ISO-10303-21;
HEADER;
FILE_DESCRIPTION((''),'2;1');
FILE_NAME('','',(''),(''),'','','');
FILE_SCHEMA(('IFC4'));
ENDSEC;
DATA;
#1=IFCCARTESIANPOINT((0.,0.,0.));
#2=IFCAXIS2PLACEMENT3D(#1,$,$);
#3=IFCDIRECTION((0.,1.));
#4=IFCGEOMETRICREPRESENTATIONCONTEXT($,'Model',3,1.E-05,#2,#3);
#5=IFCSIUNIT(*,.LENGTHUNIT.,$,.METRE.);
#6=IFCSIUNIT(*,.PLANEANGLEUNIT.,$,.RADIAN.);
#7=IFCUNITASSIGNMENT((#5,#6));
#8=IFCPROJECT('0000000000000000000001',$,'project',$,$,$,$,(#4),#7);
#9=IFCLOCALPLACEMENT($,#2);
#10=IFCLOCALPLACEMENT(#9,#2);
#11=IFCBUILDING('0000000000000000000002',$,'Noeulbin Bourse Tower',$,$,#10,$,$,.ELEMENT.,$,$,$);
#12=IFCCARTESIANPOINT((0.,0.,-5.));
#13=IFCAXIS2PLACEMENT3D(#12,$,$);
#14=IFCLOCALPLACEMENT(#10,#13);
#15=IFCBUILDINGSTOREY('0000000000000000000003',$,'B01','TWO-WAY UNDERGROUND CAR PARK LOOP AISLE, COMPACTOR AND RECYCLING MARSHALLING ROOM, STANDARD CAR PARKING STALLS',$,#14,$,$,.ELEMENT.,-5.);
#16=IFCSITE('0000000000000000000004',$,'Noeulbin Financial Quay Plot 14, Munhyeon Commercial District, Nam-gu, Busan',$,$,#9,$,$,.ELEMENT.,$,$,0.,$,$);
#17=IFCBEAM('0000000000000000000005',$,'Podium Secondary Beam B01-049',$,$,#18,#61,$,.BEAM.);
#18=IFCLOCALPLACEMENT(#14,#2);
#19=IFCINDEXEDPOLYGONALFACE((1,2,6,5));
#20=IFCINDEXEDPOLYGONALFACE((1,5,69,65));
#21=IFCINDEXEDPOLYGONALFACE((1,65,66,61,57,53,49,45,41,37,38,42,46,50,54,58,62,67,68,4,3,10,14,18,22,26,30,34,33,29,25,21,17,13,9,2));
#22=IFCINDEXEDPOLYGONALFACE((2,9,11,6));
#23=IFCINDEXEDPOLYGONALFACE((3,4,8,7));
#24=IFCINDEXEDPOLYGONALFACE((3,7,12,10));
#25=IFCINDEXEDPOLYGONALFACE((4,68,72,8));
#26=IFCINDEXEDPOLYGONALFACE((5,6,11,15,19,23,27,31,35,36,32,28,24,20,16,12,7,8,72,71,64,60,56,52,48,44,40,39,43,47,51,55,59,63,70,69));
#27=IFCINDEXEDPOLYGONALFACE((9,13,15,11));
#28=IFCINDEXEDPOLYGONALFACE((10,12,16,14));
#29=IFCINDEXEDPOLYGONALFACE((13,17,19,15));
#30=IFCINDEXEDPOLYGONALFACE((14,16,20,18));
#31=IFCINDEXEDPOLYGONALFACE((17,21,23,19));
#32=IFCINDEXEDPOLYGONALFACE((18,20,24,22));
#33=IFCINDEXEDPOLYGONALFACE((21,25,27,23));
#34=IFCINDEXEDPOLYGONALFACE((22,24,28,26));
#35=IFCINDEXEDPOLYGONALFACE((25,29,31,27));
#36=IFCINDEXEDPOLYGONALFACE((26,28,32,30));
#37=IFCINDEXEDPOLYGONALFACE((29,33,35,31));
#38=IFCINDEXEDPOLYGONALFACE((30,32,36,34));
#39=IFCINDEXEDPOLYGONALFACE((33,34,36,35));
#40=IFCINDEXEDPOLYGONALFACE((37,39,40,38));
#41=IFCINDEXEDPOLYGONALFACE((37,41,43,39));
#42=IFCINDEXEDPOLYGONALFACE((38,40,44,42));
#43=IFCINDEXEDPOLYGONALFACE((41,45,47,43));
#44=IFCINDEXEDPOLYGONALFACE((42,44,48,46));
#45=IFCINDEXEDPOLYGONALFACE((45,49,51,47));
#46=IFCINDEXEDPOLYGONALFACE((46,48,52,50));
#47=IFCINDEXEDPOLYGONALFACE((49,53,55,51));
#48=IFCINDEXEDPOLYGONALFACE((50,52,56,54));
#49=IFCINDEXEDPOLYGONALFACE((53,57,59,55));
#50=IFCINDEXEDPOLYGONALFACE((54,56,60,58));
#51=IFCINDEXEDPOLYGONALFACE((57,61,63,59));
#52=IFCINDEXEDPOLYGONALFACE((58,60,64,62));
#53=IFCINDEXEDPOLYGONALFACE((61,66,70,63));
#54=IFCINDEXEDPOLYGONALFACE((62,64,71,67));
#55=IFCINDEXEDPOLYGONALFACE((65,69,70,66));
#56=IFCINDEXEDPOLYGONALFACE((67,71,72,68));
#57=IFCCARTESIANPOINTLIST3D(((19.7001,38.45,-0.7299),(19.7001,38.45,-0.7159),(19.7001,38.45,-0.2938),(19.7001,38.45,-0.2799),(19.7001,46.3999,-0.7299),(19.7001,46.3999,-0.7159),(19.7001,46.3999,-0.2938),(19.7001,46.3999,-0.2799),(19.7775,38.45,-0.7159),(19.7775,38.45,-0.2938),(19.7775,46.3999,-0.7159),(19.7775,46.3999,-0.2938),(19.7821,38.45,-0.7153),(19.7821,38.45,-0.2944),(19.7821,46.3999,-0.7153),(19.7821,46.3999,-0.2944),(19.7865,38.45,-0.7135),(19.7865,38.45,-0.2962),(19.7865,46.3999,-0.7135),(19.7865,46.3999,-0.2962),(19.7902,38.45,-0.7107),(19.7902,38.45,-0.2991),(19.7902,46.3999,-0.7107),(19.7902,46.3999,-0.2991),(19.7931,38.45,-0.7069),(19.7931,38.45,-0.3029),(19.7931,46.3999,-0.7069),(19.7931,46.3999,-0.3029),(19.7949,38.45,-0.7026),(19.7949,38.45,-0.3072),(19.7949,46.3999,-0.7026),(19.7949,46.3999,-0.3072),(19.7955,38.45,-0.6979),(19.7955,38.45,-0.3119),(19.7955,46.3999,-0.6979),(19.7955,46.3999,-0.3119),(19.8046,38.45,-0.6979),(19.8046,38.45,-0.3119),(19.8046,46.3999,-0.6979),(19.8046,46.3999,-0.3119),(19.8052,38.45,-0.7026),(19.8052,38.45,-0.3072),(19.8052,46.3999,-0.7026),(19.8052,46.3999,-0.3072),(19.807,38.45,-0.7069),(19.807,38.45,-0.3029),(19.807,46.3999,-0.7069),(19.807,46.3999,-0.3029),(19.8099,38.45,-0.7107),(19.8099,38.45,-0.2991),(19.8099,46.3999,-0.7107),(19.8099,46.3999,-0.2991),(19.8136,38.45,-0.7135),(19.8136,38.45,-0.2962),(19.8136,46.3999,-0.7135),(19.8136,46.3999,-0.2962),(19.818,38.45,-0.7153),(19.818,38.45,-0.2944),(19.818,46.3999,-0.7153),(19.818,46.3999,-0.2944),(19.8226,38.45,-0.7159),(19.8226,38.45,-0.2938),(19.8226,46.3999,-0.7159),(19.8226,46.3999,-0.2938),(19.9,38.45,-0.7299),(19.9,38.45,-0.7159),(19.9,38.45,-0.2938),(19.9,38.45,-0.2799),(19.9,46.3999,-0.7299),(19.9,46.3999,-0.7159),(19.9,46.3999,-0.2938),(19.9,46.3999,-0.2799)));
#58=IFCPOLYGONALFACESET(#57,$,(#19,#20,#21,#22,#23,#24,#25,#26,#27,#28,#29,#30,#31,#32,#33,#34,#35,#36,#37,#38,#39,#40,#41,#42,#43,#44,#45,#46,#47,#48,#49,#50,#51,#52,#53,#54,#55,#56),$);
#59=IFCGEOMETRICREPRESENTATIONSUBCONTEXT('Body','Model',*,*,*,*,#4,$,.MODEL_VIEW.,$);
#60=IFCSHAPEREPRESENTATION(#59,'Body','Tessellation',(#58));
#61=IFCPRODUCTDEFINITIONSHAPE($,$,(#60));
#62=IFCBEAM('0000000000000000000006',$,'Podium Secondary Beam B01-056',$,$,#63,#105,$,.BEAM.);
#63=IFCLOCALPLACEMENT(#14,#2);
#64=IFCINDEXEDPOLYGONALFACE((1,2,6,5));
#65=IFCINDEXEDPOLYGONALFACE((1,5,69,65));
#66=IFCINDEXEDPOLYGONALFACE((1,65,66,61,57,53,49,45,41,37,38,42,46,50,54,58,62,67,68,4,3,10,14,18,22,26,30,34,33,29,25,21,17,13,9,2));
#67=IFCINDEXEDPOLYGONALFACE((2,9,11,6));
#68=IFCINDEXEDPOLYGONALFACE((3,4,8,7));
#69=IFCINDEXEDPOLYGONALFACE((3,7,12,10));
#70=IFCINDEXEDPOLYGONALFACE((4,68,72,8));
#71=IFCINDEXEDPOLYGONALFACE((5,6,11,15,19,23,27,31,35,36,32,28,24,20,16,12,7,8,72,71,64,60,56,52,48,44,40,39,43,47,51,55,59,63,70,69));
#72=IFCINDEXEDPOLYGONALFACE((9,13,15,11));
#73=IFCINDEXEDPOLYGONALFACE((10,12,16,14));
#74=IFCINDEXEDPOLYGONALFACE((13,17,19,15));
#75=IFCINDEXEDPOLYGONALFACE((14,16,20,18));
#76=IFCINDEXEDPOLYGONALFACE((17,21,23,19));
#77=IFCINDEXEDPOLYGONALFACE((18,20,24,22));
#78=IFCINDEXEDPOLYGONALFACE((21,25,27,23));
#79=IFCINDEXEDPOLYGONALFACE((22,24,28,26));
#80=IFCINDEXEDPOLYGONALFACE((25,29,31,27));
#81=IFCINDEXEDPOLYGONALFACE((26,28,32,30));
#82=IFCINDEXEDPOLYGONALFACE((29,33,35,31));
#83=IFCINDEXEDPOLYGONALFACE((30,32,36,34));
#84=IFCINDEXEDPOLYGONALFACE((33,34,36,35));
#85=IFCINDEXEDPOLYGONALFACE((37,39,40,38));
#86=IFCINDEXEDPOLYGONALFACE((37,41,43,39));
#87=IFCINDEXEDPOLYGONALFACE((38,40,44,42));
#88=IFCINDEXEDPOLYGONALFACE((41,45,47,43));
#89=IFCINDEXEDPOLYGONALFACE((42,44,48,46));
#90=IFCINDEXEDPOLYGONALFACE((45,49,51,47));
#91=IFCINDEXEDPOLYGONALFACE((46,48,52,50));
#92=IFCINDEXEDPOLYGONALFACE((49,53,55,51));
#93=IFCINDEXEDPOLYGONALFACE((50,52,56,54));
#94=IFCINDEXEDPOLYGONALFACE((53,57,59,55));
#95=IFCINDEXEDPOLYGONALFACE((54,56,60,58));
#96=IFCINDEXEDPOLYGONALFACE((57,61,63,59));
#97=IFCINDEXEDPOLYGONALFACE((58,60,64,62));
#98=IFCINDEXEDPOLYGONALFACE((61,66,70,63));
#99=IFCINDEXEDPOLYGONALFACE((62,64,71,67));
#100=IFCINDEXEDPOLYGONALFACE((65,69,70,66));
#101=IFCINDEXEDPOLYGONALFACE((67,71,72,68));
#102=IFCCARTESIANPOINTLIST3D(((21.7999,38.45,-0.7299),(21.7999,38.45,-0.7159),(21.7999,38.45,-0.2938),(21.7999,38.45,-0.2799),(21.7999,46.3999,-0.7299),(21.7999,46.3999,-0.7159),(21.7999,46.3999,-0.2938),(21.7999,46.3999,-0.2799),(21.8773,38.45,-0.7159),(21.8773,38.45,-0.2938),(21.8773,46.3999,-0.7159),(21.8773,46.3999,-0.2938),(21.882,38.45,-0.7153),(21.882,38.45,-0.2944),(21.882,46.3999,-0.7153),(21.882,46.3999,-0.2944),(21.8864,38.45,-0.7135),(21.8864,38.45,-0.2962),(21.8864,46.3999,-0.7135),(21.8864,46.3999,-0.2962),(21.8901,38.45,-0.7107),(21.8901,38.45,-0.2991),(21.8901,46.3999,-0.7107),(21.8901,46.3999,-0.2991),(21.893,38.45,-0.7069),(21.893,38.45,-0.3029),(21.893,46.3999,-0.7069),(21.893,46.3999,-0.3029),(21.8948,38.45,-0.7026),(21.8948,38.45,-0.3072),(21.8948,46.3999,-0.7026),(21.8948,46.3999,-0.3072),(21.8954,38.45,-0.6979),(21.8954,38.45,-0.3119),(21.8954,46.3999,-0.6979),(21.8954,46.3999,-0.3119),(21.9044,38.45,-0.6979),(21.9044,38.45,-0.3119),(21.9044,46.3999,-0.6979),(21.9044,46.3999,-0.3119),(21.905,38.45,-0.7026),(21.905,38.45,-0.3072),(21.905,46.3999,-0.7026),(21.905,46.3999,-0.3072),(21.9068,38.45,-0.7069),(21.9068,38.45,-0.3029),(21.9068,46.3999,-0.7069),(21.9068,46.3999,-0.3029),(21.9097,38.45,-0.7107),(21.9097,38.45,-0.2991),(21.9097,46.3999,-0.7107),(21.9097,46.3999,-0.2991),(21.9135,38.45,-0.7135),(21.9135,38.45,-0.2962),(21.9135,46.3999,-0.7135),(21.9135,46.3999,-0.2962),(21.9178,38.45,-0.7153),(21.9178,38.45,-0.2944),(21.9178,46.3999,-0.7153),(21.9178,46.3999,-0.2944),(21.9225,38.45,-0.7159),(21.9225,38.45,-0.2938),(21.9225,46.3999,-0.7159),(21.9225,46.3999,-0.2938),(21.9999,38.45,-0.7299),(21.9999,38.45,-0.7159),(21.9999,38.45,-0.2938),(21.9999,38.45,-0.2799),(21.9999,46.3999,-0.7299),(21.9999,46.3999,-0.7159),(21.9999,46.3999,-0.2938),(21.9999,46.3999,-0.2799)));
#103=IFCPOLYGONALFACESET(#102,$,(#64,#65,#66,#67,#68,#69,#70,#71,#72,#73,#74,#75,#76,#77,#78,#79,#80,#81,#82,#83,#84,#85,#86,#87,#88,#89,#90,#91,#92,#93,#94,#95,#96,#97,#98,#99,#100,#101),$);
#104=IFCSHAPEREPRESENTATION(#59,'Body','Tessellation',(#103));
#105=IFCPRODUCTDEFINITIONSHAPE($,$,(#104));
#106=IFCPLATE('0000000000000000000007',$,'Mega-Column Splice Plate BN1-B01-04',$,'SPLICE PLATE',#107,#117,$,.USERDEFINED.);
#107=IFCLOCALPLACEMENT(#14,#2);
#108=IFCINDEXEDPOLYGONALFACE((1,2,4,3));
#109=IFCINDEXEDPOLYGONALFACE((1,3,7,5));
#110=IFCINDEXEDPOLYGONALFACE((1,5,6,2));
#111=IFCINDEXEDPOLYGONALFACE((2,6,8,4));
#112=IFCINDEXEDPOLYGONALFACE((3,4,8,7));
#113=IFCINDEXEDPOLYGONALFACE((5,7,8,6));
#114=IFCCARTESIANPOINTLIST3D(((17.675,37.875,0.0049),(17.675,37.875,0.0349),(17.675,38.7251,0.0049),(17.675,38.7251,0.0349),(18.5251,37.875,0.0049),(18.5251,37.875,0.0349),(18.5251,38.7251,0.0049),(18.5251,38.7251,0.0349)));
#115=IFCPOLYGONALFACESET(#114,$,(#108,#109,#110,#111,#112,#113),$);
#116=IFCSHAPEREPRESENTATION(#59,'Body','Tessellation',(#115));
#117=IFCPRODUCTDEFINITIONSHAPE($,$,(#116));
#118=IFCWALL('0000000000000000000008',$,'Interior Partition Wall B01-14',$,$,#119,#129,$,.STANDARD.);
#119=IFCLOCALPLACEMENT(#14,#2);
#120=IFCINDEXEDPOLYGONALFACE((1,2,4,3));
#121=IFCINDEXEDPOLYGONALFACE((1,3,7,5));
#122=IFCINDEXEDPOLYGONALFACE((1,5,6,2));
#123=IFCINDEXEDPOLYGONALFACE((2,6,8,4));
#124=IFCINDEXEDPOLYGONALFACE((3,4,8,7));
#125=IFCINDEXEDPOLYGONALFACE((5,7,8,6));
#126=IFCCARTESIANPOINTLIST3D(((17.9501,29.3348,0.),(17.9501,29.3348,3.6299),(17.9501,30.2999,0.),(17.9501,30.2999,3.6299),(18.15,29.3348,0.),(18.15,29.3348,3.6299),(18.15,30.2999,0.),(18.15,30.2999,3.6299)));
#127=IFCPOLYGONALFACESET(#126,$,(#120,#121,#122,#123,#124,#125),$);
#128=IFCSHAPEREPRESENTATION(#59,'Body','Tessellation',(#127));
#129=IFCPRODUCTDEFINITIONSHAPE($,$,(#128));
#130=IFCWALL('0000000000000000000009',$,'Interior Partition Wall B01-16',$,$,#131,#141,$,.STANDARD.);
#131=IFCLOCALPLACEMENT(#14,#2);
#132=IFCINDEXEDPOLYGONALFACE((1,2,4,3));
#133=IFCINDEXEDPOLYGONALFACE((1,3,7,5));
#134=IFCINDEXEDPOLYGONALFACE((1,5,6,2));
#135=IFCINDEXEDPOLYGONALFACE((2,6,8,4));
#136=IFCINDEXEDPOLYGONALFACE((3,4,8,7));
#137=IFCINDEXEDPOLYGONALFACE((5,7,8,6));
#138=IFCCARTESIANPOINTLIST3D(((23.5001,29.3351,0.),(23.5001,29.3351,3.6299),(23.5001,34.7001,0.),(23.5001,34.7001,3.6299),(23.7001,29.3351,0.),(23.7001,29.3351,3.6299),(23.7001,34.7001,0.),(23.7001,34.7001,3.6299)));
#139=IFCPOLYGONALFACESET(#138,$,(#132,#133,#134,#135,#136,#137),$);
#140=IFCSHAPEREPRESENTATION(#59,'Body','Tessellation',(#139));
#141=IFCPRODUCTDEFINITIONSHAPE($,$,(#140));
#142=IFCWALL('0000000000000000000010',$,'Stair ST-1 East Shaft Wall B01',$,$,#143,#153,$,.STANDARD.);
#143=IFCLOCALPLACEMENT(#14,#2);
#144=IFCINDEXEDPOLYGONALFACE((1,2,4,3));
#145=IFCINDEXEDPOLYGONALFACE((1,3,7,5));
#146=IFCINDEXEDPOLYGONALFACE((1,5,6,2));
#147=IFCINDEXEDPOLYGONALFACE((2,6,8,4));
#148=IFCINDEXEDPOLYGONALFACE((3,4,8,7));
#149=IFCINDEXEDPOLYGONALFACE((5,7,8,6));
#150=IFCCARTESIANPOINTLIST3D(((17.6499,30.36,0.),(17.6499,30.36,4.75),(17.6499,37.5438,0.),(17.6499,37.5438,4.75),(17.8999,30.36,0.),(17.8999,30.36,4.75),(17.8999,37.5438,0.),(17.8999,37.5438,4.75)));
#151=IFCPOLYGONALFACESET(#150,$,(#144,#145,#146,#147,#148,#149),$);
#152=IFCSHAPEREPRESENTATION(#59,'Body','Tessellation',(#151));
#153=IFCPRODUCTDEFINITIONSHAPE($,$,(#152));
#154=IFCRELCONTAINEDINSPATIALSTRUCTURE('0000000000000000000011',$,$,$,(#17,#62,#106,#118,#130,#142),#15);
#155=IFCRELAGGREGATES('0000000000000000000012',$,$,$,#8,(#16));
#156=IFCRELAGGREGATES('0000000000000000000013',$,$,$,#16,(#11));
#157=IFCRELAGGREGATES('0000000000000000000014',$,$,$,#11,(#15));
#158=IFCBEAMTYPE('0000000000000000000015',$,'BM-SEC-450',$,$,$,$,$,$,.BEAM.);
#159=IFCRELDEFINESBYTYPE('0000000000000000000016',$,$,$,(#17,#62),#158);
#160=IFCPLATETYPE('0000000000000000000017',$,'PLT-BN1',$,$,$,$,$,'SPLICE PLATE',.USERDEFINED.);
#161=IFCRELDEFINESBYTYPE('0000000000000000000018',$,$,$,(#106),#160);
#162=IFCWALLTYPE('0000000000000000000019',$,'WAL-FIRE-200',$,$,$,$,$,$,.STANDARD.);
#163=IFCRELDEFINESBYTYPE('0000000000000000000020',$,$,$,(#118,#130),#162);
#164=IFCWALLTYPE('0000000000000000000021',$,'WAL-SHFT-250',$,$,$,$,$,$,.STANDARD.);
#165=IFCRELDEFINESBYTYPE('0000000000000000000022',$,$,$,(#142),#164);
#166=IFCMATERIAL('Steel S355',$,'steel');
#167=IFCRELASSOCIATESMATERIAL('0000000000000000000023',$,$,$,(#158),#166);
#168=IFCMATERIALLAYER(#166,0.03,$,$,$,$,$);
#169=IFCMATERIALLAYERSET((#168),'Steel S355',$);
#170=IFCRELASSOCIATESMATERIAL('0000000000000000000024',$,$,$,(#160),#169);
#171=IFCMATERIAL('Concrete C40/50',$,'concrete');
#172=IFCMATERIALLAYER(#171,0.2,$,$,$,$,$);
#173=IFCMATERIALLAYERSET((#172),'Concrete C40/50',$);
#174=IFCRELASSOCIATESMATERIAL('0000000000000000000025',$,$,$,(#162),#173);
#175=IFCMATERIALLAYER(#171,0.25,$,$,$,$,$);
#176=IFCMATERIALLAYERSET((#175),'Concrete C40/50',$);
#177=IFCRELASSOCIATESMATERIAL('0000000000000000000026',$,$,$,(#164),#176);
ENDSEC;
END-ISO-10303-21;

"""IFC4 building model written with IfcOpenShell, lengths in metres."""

from ifc_helpers import new_model, si_unit, direction, frame, frame_2d, origin, origin_2d, place, context, subcontext, project, spatial, rectangle, i_section, extrude, material, layer, layer_set, material_profile, profile_set, type_object, element, save


model = new_model("IFC4")

# Units and contexts
model_context = context("Model", 3, precision=1e-05, world=origin(), true_north=direction((0.0, 1.0)))
body_context = subcontext(model_context, "Body", "Model", "MODEL_VIEW")
ifc_project = project(units=[si_unit("LENGTHUNIT", "METRE"), si_unit("PLANEANGLEUNIT", "RADIAN")], contexts=[model_context])

# Site, building, storey
site_placement = place(None, origin())
site = spatial("IfcSite", under=ifc_project, at=site_placement, Name="Noeulbin Financial Quay Plot 14, Munhyeon Commercial District, Nam-gu, Busan", CompositionType="ELEMENT", RefElevation=0.0)
building_placement = place(site_placement, origin())
building = spatial("IfcBuilding", under=site, at=building_placement, Name="Noeulbin Bourse Tower", CompositionType="ELEMENT")
storey_placement = place(building_placement, frame((0.0, 0.0, -5.0)))
storey = spatial("IfcBuildingStorey", under=building, at=storey_placement, Name="B01", Description="TWO-WAY UNDERGROUND CAR PARK LOOP AISLE, COMPACTOR AND RECYCLING MARSHALLING ROOM, STANDARD CAR PARKING STALLS", CompositionType="ELEMENT", Elevation=-5.0)

# Beams
ifc_material_1 = material(Name="Steel S355", Category="steel")
ifc_material_profile_1 = material_profile(ifc_material_1, i_section(OverallWidth=0.2, OverallDepth=0.45, WebThickness=0.009, FlangeThickness=0.0139, FilletRadius=0.0181, at=origin_2d()), Name="H-450x200x9x14", Category="LoadBearing")
ifc_profile_set_1 = profile_set([ifc_material_profile_1], Name="Steel S355")
beam_type = type_object("IfcBeamType", Name="BM-SEC-450", PredefinedType="BEAM", material=ifc_profile_set_1)
for number, where, z_axis, x_axis, name in (
    (1, (19.8, 38.45, -0.5049), (0.0, 1.0, 0.0), (-1.0, 0.0, 0.0), "Podium Secondary Beam B01-049"),
    (2, (21.8999, 38.45, -0.5049), (0.0, 1.0, 0.0), (-1.0, 0.0, 0.0), "Podium Secondary Beam B01-056"),
):
    element("IfcBeam", number, at=place(storey_placement, frame(where, z_axis=z_axis, x_axis=x_axis)), inside=storey, type_object=beam_type, Name=name, PredefinedType="BEAM", context=body_context, shape_type="SweptSolid", body=[
        extrude(i_section(OverallWidth=0.2, OverallDepth=0.45, WebThickness=0.009, FlangeThickness=0.0139, FilletRadius=0.0181, at=origin_2d()), origin(), (0.0, 0.0, 1.0), 7.95),
    ])

# Plate
ifc_layer_1 = layer(ifc_material_1, 0.03)
ifc_layer_set_1 = layer_set([ifc_layer_1], Name="Steel S355")
plate_type = type_object("IfcPlateType", Name="PLT-BN1", ElementType="SPLICE PLATE", PredefinedType="USERDEFINED", material=ifc_layer_set_1)
plate_placement = place(storey_placement, frame((18.1001, 38.3, 0.0049), z_axis=(0.0, 0.0, 1.0), x_axis=(1.0, 0.0, 0.0)))
element("IfcPlate", 3, at=plate_placement, inside=storey, type_object=plate_type, Name="Mega-Column Splice Plate BN1-B01-04", ObjectType="SPLICE PLATE", PredefinedType="USERDEFINED", context=body_context, shape_type="SweptSolid", body=[
    extrude(rectangle(XDim=0.8501, YDim=0.8501, at=origin_2d()), origin(), (0.0, 0.0, 1.0), 0.03),
])

# Walls
ifc_material_2 = material(Name="Concrete C40/50", Category="concrete")
ifc_layer_2 = layer(ifc_material_2, 0.2)
ifc_layer_set_2 = layer_set([ifc_layer_2], Name="Concrete C40/50")
wall_type_1 = type_object("IfcWallType", Name="WAL-FIRE-200", PredefinedType="STANDARD", material=ifc_layer_set_2)
wall_1_placement = place(storey_placement, frame((18.05, 29.335, 0.0), z_axis=(0.0, 0.0, 1.0), x_axis=(0.0, 1.0, 0.0)))
element("IfcWall", 4, at=wall_1_placement, inside=storey, type_object=wall_type_1, Name="Interior Partition Wall B01-14", PredefinedType="STANDARD", context=body_context, shape_type="SweptSolid", body=[
    extrude(rectangle(XDim=0.9651, YDim=0.2, at=frame_2d((0.4824, 0.0))), origin(), (0.0, 0.0, 1.0), 3.6299),
])
wall_2_placement = place(storey_placement, frame((23.6001, 29.335, 0.0), z_axis=(0.0, 0.0, 1.0), x_axis=(0.0, 1.0, 0.0)))
element("IfcWall", 5, at=wall_2_placement, inside=storey, type_object=wall_type_1, Name="Interior Partition Wall B01-16", PredefinedType="STANDARD", context=body_context, shape_type="SweptSolid", body=[
    extrude(rectangle(XDim=5.365, YDim=0.2, at=frame_2d((2.6826, 0.0))), origin(), (0.0, 0.0, 1.0), 3.6299),
])
ifc_layer_3 = layer(ifc_material_2, 0.25)
ifc_layer_set_3 = layer_set([ifc_layer_3], Name="Concrete C40/50")
wall_type_2 = type_object("IfcWallType", Name="WAL-SHFT-250", PredefinedType="STANDARD", material=ifc_layer_set_3)
wall_3_placement = place(storey_placement, frame((17.7749, 30.3601, 0.0), z_axis=(0.0, 0.0, 1.0), x_axis=(0.0, 1.0, 0.0)))
element("IfcWall", 6, at=wall_3_placement, inside=storey, type_object=wall_type_2, Name="Stair ST-1 East Shaft Wall B01", PredefinedType="STANDARD", context=body_context, shape_type="SweptSolid", body=[
    extrude(rectangle(XDim=7.1838, YDim=0.25, at=frame_2d((3.5918, 0.0))), origin(), (0.0, 0.0, 1.0), 4.75),
])

save(model, "model.ifc")
